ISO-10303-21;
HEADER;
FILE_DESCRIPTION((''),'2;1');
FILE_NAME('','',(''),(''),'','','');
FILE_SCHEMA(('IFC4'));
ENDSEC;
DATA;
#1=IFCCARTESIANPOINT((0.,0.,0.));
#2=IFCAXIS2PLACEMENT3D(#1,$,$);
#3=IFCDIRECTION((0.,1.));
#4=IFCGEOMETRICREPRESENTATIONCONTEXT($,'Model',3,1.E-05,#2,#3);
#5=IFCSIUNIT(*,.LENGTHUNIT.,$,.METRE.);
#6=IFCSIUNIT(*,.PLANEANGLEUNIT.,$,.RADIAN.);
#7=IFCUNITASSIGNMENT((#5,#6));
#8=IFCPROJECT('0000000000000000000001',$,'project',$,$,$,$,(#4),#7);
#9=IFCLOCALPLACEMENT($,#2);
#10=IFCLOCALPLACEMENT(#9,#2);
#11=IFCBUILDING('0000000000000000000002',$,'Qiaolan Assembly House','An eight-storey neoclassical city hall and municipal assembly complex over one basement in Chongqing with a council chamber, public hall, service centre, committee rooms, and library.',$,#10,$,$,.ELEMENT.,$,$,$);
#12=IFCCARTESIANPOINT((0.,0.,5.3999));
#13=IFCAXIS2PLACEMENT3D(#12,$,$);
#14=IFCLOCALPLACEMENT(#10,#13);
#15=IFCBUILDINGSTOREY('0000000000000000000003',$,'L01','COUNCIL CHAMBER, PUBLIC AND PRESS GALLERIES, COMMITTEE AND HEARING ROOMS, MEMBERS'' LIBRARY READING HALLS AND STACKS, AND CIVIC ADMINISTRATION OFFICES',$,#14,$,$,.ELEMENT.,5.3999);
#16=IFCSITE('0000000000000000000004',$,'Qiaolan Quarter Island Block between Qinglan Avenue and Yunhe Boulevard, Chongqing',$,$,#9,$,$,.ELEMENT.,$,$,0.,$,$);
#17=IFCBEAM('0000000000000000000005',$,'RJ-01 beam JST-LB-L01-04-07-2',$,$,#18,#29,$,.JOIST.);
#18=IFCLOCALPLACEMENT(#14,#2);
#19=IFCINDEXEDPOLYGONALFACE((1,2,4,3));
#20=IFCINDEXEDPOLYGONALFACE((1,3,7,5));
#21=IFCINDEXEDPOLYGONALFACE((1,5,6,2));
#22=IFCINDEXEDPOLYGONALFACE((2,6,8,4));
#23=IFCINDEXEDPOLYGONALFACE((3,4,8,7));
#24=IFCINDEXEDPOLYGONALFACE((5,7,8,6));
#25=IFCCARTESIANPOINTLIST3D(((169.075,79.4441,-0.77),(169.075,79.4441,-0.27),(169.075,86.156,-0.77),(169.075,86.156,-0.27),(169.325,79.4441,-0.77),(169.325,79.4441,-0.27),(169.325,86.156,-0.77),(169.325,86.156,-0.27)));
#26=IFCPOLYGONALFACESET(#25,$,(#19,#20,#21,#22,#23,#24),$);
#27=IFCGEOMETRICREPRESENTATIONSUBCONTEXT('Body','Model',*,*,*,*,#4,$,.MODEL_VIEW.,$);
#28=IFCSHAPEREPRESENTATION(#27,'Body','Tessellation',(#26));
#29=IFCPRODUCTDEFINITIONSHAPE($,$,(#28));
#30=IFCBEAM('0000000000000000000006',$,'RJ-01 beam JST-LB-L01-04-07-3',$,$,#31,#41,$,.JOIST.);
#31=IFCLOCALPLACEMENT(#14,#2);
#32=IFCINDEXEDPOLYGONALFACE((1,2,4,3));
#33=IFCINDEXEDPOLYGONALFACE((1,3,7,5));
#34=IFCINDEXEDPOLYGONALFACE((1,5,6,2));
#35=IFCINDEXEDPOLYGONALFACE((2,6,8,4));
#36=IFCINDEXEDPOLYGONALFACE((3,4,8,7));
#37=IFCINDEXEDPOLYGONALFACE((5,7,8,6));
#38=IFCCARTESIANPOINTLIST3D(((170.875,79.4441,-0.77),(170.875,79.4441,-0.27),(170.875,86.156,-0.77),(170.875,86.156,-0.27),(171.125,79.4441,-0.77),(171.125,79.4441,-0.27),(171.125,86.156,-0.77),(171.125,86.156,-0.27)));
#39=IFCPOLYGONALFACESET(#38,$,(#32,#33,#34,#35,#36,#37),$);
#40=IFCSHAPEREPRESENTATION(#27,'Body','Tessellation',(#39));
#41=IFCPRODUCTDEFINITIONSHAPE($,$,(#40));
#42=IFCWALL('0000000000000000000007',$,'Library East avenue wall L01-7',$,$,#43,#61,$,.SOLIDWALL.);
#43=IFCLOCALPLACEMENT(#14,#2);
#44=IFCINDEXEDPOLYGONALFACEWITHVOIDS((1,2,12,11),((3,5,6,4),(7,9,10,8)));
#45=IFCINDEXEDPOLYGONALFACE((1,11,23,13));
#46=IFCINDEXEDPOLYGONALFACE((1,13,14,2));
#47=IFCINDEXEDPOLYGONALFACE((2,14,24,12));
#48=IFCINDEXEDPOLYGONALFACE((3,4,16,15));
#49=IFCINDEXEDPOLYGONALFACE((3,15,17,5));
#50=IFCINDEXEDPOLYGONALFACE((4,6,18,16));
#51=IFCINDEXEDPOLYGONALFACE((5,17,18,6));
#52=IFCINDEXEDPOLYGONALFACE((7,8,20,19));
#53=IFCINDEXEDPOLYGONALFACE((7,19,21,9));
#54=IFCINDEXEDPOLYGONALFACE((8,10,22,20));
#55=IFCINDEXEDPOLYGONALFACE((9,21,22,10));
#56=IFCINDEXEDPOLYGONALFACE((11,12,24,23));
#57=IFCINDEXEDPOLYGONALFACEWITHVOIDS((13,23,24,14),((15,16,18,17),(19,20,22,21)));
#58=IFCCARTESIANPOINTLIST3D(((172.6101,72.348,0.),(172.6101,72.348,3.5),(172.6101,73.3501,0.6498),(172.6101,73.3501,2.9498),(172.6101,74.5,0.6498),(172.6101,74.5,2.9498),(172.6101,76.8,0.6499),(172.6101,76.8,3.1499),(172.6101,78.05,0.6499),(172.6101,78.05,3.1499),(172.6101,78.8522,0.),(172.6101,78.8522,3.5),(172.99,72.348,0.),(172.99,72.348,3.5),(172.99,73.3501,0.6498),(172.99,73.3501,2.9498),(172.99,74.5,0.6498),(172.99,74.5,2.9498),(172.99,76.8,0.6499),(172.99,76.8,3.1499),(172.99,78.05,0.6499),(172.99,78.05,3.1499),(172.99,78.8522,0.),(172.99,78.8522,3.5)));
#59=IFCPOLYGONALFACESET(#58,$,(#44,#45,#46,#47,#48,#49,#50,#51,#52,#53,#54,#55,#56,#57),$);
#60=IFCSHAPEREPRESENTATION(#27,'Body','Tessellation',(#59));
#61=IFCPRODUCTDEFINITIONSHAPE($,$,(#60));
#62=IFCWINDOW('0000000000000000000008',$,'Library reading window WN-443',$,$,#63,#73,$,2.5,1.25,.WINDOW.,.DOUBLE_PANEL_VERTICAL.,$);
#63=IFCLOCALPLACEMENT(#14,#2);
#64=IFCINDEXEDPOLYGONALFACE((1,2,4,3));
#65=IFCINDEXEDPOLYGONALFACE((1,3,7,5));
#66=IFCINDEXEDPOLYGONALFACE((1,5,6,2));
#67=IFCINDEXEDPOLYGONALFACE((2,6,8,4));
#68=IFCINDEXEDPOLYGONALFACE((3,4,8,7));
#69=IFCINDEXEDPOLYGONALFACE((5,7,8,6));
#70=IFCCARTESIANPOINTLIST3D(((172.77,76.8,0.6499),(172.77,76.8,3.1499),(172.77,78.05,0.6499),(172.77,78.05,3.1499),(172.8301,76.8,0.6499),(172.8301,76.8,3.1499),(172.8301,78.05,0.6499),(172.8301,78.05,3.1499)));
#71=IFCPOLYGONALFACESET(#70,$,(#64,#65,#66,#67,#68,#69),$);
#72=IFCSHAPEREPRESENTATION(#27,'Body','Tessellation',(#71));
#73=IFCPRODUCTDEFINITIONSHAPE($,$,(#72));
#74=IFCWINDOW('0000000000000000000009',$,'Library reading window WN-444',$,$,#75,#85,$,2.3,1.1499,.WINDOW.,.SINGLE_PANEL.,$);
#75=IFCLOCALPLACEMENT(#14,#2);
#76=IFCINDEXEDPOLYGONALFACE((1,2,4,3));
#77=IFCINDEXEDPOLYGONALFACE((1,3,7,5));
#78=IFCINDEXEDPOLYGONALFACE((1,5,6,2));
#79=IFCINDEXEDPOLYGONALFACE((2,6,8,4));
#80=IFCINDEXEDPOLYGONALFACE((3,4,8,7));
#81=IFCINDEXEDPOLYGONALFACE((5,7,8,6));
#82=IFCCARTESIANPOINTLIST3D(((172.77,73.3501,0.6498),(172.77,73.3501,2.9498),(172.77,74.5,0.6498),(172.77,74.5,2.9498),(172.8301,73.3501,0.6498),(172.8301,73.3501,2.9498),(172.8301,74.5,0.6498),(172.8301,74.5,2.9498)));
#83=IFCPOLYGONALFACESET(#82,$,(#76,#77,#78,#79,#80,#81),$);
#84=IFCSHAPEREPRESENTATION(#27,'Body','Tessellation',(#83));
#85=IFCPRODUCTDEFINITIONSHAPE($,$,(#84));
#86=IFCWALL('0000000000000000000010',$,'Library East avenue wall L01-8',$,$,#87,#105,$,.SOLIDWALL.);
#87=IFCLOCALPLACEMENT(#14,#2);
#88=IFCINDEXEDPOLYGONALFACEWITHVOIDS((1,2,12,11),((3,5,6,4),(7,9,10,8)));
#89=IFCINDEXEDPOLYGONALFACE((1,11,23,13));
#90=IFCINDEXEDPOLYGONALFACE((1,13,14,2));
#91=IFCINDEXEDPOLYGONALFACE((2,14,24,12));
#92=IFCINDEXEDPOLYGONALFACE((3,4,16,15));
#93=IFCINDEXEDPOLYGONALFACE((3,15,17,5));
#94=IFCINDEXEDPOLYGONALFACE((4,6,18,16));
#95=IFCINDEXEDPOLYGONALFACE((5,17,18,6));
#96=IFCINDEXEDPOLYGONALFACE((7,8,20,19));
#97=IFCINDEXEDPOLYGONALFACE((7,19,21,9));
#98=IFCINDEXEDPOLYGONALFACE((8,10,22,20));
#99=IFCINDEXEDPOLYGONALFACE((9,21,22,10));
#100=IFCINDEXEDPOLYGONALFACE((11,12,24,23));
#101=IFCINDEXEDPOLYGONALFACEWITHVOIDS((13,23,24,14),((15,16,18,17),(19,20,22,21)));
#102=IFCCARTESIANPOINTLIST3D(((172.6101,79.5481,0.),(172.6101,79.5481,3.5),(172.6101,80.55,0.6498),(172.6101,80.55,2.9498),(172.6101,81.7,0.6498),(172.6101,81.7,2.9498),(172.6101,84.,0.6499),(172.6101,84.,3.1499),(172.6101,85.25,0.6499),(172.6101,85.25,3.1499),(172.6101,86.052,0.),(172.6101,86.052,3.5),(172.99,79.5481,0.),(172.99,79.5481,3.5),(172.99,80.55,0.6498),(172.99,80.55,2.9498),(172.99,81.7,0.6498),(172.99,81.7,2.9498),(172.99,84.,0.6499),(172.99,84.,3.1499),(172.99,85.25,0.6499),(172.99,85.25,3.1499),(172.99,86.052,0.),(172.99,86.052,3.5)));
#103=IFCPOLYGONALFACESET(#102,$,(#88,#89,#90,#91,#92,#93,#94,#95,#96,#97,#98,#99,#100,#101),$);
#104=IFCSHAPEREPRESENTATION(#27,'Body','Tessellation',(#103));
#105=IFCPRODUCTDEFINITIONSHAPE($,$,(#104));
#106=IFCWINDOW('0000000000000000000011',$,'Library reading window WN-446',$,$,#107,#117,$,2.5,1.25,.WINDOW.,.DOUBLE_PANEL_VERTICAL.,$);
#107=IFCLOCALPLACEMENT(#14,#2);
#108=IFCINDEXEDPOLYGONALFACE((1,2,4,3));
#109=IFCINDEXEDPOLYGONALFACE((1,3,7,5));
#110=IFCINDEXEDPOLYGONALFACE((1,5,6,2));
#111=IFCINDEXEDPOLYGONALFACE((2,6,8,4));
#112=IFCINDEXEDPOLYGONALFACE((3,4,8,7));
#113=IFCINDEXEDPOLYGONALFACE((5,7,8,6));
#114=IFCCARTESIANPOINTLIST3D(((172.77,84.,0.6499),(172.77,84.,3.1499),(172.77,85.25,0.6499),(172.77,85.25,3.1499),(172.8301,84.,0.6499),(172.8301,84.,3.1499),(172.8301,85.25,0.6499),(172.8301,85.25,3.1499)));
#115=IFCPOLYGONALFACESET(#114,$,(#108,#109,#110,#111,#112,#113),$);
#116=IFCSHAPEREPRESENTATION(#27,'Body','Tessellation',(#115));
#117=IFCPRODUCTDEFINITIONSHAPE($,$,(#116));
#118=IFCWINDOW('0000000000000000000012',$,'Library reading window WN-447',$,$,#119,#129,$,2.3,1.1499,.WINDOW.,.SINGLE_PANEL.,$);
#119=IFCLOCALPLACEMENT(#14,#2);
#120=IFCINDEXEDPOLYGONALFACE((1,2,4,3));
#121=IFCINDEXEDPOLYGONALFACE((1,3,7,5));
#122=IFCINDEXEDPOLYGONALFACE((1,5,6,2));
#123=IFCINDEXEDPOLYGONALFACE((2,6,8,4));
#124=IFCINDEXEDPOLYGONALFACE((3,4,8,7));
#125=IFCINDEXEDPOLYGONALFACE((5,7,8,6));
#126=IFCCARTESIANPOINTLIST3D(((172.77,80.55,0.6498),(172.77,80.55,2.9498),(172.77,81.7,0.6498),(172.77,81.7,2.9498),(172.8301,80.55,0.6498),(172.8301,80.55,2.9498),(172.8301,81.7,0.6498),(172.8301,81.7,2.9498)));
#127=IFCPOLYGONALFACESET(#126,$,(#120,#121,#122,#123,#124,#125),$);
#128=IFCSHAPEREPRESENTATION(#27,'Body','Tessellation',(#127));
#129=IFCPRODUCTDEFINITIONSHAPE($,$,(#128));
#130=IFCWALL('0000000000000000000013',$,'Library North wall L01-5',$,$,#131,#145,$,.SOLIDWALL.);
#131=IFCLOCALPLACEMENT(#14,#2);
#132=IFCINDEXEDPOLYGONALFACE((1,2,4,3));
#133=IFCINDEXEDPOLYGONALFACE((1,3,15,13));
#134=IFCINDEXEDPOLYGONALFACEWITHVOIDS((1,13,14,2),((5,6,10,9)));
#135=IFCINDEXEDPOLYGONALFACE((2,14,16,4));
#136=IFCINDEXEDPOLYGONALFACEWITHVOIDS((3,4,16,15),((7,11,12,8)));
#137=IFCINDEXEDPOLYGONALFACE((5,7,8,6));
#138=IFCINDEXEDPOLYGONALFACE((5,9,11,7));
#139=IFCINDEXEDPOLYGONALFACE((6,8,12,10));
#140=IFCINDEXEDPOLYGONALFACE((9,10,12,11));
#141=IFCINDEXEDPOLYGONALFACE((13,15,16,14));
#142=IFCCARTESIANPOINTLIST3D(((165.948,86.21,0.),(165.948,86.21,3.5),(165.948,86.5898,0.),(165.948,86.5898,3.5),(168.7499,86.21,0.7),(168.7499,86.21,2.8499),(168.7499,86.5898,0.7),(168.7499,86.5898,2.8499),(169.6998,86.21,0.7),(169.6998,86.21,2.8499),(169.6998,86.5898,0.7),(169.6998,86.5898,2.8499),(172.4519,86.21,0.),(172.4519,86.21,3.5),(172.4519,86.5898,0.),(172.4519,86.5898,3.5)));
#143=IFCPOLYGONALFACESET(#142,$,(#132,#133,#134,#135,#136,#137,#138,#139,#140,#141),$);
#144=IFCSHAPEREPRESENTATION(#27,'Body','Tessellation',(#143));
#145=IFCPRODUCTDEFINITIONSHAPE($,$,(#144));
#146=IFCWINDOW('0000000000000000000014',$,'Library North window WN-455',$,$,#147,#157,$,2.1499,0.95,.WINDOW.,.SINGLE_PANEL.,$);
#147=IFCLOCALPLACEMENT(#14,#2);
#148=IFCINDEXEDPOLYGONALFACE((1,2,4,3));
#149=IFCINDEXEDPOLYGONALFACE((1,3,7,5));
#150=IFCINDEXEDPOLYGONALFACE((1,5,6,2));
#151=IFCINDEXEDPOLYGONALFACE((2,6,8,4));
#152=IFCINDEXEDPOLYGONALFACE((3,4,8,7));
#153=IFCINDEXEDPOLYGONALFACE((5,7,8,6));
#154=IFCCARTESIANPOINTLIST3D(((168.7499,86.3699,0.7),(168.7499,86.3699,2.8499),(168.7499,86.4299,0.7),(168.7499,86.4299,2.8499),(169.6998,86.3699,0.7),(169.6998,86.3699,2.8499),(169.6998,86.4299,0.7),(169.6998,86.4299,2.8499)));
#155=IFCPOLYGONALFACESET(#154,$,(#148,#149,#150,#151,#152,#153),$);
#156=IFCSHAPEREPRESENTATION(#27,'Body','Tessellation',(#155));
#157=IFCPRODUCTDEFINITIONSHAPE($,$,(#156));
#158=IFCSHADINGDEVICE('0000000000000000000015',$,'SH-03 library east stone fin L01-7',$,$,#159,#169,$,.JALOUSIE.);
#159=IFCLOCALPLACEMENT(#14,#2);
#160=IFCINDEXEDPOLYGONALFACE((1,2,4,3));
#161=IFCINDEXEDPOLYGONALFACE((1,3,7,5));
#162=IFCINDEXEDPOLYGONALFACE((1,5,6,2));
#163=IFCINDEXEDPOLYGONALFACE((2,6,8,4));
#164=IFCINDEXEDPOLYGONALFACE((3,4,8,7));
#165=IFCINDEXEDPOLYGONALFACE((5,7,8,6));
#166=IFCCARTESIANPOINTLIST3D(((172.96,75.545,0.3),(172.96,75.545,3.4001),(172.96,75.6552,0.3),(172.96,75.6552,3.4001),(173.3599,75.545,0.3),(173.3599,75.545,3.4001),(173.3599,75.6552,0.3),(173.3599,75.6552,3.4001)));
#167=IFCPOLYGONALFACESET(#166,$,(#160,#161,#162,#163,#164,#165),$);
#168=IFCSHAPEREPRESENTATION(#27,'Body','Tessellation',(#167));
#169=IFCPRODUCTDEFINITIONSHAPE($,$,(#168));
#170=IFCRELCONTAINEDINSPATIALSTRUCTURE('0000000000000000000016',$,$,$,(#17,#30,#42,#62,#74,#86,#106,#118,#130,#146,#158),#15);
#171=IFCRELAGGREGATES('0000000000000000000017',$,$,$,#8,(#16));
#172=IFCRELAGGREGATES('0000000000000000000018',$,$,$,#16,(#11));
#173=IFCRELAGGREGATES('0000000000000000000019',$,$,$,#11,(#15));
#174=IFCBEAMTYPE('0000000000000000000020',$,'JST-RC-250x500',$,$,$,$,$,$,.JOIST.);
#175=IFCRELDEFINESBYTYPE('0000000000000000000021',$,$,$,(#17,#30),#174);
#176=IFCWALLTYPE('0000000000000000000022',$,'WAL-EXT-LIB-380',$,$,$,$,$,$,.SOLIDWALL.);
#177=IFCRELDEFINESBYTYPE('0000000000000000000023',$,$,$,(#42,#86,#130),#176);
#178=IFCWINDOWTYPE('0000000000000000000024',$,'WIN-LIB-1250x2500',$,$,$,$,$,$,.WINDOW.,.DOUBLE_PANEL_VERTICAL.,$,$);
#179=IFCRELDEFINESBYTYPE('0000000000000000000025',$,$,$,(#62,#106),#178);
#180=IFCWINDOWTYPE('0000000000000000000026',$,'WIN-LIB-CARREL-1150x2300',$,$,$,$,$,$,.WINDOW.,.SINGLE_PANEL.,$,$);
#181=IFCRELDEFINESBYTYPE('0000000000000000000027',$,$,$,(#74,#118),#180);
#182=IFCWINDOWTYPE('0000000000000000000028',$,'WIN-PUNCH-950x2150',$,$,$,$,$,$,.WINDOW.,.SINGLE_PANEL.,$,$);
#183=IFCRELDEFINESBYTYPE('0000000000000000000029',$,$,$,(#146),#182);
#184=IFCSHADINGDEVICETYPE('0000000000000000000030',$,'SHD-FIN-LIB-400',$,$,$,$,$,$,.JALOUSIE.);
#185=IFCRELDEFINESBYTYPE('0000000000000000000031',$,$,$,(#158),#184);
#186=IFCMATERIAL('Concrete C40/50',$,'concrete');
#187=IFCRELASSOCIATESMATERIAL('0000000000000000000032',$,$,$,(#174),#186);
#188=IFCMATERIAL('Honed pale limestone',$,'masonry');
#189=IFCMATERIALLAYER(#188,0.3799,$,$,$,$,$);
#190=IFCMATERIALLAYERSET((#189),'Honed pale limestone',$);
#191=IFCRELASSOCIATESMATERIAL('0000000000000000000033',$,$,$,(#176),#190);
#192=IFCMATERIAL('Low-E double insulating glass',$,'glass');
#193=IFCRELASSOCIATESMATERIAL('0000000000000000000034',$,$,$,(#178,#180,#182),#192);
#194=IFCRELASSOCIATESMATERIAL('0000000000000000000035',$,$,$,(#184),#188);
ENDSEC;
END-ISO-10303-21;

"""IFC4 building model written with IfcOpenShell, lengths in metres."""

from ifc_helpers import new_model, si_unit, direction, frame, frame_2d, origin, origin_2d, place, context, subcontext, project, spatial, rectangle, extrude, material, layer, layer_set, material_profile, profile_set, type_object, element, fill, save


model = new_model("IFC4")

# Units and contexts
model_context = context("Model", 3, precision=1e-05, world=origin(), true_north=direction((0.0, 1.0)))
body_context = subcontext(model_context, "Body", "Model", "MODEL_VIEW")
ifc_project = project(units=[si_unit("LENGTHUNIT", "METRE"), si_unit("PLANEANGLEUNIT", "RADIAN")], contexts=[model_context])

# Site, building, storey
site_placement = place(None, origin())
site = spatial("IfcSite", under=ifc_project, at=site_placement, Name="Qiaolan Quarter Island Block between Qinglan Avenue and Yunhe Boulevard, Chongqing", CompositionType="ELEMENT", RefElevation=0.0)
building_placement = place(site_placement, origin())
building = spatial("IfcBuilding", under=site, at=building_placement, Name="Qiaolan Assembly House", Description="An eight-storey neoclassical city hall and municipal assembly complex over one basement in Chongqing with a council chamber, public hall, service centre, committee rooms, and library.", CompositionType="ELEMENT")
storey_placement = place(building_placement, frame((0.0, 0.0, 5.3999)))
storey = spatial("IfcBuildingStorey", under=building, at=storey_placement, Name="L01", Description="COUNCIL CHAMBER, PUBLIC AND PRESS GALLERIES, COMMITTEE AND HEARING ROOMS, MEMBERS' LIBRARY READING HALLS AND STACKS, AND CIVIC ADMINISTRATION OFFICES", CompositionType="ELEMENT", Elevation=5.3999)

# Shared definitions
ifc_material_1 = material(Name="Concrete C40/50", Category="concrete")

# Beams
ifc_material_profile_1 = material_profile(ifc_material_1, rectangle(XDim=0.25, YDim=0.5, at=origin_2d()), Name="RCB 250x500")
ifc_profile_set_1 = profile_set([ifc_material_profile_1], Name="Concrete C40/50")
beam_type_1 = type_object("IfcBeamType", Name="JST-RC-250x500", PredefinedType="JOIST", material=ifc_profile_set_1)
for number, where, z_axis, x_axis, name in (
    (1, (169.2, 79.4441, -0.52), (0.0, 1.0, 0.0), (-1.0, 0.0, 0.0), "RJ-01 beam JST-LB-L01-04-07-2"),
    (2, (171.0, 79.4441, -0.52), (0.0, 1.0, 0.0), (-1.0, 0.0, 0.0), "RJ-01 beam JST-LB-L01-04-07-3"),
):
    element("IfcBeam", number, at=place(storey_placement, frame(where, z_axis=z_axis, x_axis=x_axis)), inside=storey, type_object=beam_type_1, Name=name, PredefinedType="JOIST", context=body_context, shape_type="SweptSolid", body=[
        extrude(rectangle(XDim=0.25, YDim=0.5, at=origin_2d()), origin(), (0.0, 0.0, 1.0), 6.7119),
    ])

# Walls, openings, windows
ifc_material_2 = material(Name="Honed pale limestone", Category="masonry")
ifc_layer = layer(ifc_material_2, 0.3799)
ifc_layer_set = layer_set([ifc_layer], Name="Honed pale limestone")
wall_type = type_object("IfcWallType", Name="WAL-EXT-LIB-380", PredefinedType="SOLIDWALL", material=ifc_layer_set)
wall_1_placement = place(storey_placement, frame((172.8, 78.8521, 0.0), z_axis=(0.0, 0.0, 1.0), x_axis=(0.0, -1.0, 0.0)))
wall_1 = element("IfcWall", 3, at=wall_1_placement, inside=storey, type_object=wall_type, Name="Library East avenue wall L01-7", PredefinedType="SOLIDWALL", context=body_context, shape_type="SweptSolid", body=[
    extrude(rectangle(XDim=6.5042, YDim=0.3799, at=frame_2d((3.252, 0.0))), origin(), (0.0, 0.0, 1.0), 3.5),
])
opening_1_placement = place(wall_1_placement, frame((0.802, 0.0, 0.6499)))
opening_1 = element("IfcOpeningElement", 4, at=opening_1_placement, cuts=wall_1, PredefinedType="OPENING", context=body_context, shape_type="SweptSolid", body=[
    extrude(rectangle(XDim=1.25, YDim=2.5, at=frame_2d((0.625, 1.25))), frame((0.0, 0.2, 0.0), z_axis=(0.0, -1.0, 0.0), x_axis=(1.0, 0.0, 0.0)), (0.0, 0.0, 1.0), 0.3999),
])
opening_2_placement = place(wall_1_placement, frame((4.3521, 0.0, 0.6499)))
opening_2 = element("IfcOpeningElement", 5, at=opening_2_placement, cuts=wall_1, PredefinedType="OPENING", context=body_context, shape_type="SweptSolid", body=[
    extrude(rectangle(XDim=1.1499, YDim=2.3, at=frame_2d((0.575, 1.1499))), frame((0.0, 0.2, 0.0), z_axis=(0.0, -1.0, 0.0), x_axis=(1.0, 0.0, 0.0)), (0.0, 0.0, 1.0), 0.3999),
])
ifc_material_3 = material(Name="Low-E double insulating glass", Category="glass")
window_type_1 = type_object("IfcWindowType", Name="WIN-LIB-1250x2500", PartitioningType="DOUBLE_PANEL_VERTICAL", PredefinedType="WINDOW", material=ifc_material_3)
window_1_placement = place(opening_1_placement, origin())
window_1 = element("IfcWindow", 6, at=window_1_placement, inside=storey, type_object=window_type_1, Name="Library reading window WN-443", OverallHeight=2.5, OverallWidth=1.25, PartitioningType="DOUBLE_PANEL_VERTICAL", PredefinedType="WINDOW", context=body_context, shape_type="SweptSolid", body=[
    extrude(rectangle(XDim=1.25, YDim=2.5, at=frame_2d((0.625, 1.25))), frame((0.0, 0.03, 0.0), z_axis=(0.0, -1.0, 0.0), x_axis=(1.0, 0.0, 0.0)), (0.0, 0.0, 1.0), 0.0601),
])
fill(opening_1, window_1)
window_type_2 = type_object("IfcWindowType", Name="WIN-LIB-CARREL-1150x2300", PartitioningType="SINGLE_PANEL", PredefinedType="WINDOW", material=ifc_material_3)
window_2_placement = place(opening_2_placement, origin())
window_2 = element("IfcWindow", 7, at=window_2_placement, inside=storey, type_object=window_type_2, Name="Library reading window WN-444", OverallHeight=2.3, OverallWidth=1.1499, PartitioningType="SINGLE_PANEL", PredefinedType="WINDOW", context=body_context, shape_type="SweptSolid", body=[
    extrude(rectangle(XDim=1.1499, YDim=2.3, at=frame_2d((0.575, 1.1499))), frame((0.0, 0.03, 0.0), z_axis=(0.0, -1.0, 0.0), x_axis=(1.0, 0.0, 0.0)), (0.0, 0.0, 1.0), 0.0601),
])
fill(opening_2, window_2)
wall_2_placement = place(storey_placement, frame((172.8, 86.052, 0.0), z_axis=(0.0, 0.0, 1.0), x_axis=(0.0, -1.0, 0.0)))
wall_2 = element("IfcWall", 8, at=wall_2_placement, inside=storey, type_object=wall_type, Name="Library East avenue wall L01-8", PredefinedType="SOLIDWALL", context=body_context, shape_type="SweptSolid", body=[
    extrude(rectangle(XDim=6.5039, YDim=0.3799, at=frame_2d((3.252, 0.0))), origin(), (0.0, 0.0, 1.0), 3.5),
])
opening_3_placement = place(wall_2_placement, frame((0.802, 0.0, 0.6499)))
opening_3 = element("IfcOpeningElement", 9, at=opening_3_placement, cuts=wall_2, PredefinedType="OPENING", context=body_context, shape_type="SweptSolid", body=[
    extrude(rectangle(XDim=1.25, YDim=2.5, at=frame_2d((0.625, 1.25))), frame((0.0, 0.2, 0.0), z_axis=(0.0, -1.0, 0.0), x_axis=(1.0, 0.0, 0.0)), (0.0, 0.0, 1.0), 0.3999),
])
opening_4_placement = place(wall_2_placement, frame((4.3521, 0.0, 0.6499)))
opening_4 = element("IfcOpeningElement", 10, at=opening_4_placement, cuts=wall_2, PredefinedType="OPENING", context=body_context, shape_type="SweptSolid", body=[
    extrude(rectangle(XDim=1.1499, YDim=2.3, at=frame_2d((0.575, 1.1499))), frame((0.0, 0.2, 0.0), z_axis=(0.0, -1.0, 0.0), x_axis=(1.0, 0.0, 0.0)), (0.0, 0.0, 1.0), 0.3999),
])
window_3_placement = place(opening_3_placement, origin())
window_3 = element("IfcWindow", 11, at=window_3_placement, inside=storey, type_object=window_type_1, Name="Library reading window WN-446", OverallHeight=2.5, OverallWidth=1.25, PartitioningType="DOUBLE_PANEL_VERTICAL", PredefinedType="WINDOW", context=body_context, shape_type="SweptSolid", body=[
    extrude(rectangle(XDim=1.25, YDim=2.5, at=frame_2d((0.625, 1.25))), frame((0.0, 0.03, 0.0), z_axis=(0.0, -1.0, 0.0), x_axis=(1.0, 0.0, 0.0)), (0.0, 0.0, 1.0), 0.0601),
])
fill(opening_3, window_3)
window_4_placement = place(opening_4_placement, origin())
window_4 = element("IfcWindow", 12, at=window_4_placement, inside=storey, type_object=window_type_2, Name="Library reading window WN-447", OverallHeight=2.3, OverallWidth=1.1499, PartitioningType="SINGLE_PANEL", PredefinedType="WINDOW", context=body_context, shape_type="SweptSolid", body=[
    extrude(rectangle(XDim=1.1499, YDim=2.3, at=frame_2d((0.575, 1.1499))), frame((0.0, 0.03, 0.0), z_axis=(0.0, -1.0, 0.0), x_axis=(1.0, 0.0, 0.0)), (0.0, 0.0, 1.0), 0.0601),
])
fill(opening_4, window_4)

# Wall, opening, window
wall_3_placement = place(storey_placement, frame((172.4519, 86.3999, 0.0), z_axis=(0.0, 0.0, 1.0), x_axis=(-1.0, 0.0, 0.0)))
wall_3 = element("IfcWall", 13, at=wall_3_placement, inside=storey, type_object=wall_type, Name="Library North wall L01-5", PredefinedType="SOLIDWALL", context=body_context, shape_type="SweptSolid", body=[
    extrude(rectangle(XDim=6.5039, YDim=0.3799, at=frame_2d((3.252, 0.0))), origin(), (0.0, 0.0, 1.0), 3.5),
])
opening_5_placement = place(wall_3_placement, frame((2.752, 0.0, 0.7)))
opening_5 = element("IfcOpeningElement", 14, at=opening_5_placement, cuts=wall_3, PredefinedType="OPENING", context=body_context, shape_type="SweptSolid", body=[
    extrude(rectangle(XDim=0.95, YDim=2.1499, at=frame_2d((0.4751, 1.075))), frame((0.0, 0.2, 0.0), z_axis=(0.0, -1.0, 0.0), x_axis=(1.0, 0.0, 0.0)), (0.0, 0.0, 1.0), 0.3999),
])
window_type_3 = type_object("IfcWindowType", Name="WIN-PUNCH-950x2150", PartitioningType="SINGLE_PANEL", PredefinedType="WINDOW", material=ifc_material_3)
window_5_placement = place(opening_5_placement, origin())
window_5 = element("IfcWindow", 15, at=window_5_placement, inside=storey, type_object=window_type_3, Name="Library North window WN-455", OverallHeight=2.1499, OverallWidth=0.95, PartitioningType="SINGLE_PANEL", PredefinedType="WINDOW", context=body_context, shape_type="SweptSolid", body=[
    extrude(rectangle(XDim=0.95, YDim=2.1499, at=frame_2d((0.4751, 1.075))), frame((0.0, 0.03, 0.0), z_axis=(0.0, -1.0, 0.0), x_axis=(1.0, 0.0, 0.0)), (0.0, 0.0, 1.0), 0.0601),
])
fill(opening_5, window_5)

# Shading device
ifc_material_profile_2 = material_profile(ifc_material_2, rectangle(XDim=0.1101, YDim=0.3999, at=origin_2d()), Name="FIN 110x400")
ifc_profile_set_2 = profile_set([ifc_material_profile_2], Name="Honed pale limestone")
shading_device_type = type_object("IfcShadingDeviceType", Name="SHD-FIN-LIB-400", PredefinedType="JALOUSIE", material=ifc_profile_set_2)
for number, where, z_axis, x_axis, name in (
    (16, (173.1599, 75.6001, 0.3), (0.0, 0.0, 1.0), (0.0, 1.0, 0.0), "SH-03 library east stone fin L01-7"),
):
    element("IfcShadingDevice", number, at=place(storey_placement, frame(where, z_axis=z_axis, x_axis=x_axis)), inside=storey, type_object=shading_device_type, Name=name, PredefinedType="JALOUSIE", context=body_context, shape_type="SweptSolid", body=[
        extrude(rectangle(XDim=0.1101, YDim=0.3999, at=origin_2d()), origin(), (0.0, 0.0, 1.0), 3.1001),
    ])

save(model, "model.ifc")
